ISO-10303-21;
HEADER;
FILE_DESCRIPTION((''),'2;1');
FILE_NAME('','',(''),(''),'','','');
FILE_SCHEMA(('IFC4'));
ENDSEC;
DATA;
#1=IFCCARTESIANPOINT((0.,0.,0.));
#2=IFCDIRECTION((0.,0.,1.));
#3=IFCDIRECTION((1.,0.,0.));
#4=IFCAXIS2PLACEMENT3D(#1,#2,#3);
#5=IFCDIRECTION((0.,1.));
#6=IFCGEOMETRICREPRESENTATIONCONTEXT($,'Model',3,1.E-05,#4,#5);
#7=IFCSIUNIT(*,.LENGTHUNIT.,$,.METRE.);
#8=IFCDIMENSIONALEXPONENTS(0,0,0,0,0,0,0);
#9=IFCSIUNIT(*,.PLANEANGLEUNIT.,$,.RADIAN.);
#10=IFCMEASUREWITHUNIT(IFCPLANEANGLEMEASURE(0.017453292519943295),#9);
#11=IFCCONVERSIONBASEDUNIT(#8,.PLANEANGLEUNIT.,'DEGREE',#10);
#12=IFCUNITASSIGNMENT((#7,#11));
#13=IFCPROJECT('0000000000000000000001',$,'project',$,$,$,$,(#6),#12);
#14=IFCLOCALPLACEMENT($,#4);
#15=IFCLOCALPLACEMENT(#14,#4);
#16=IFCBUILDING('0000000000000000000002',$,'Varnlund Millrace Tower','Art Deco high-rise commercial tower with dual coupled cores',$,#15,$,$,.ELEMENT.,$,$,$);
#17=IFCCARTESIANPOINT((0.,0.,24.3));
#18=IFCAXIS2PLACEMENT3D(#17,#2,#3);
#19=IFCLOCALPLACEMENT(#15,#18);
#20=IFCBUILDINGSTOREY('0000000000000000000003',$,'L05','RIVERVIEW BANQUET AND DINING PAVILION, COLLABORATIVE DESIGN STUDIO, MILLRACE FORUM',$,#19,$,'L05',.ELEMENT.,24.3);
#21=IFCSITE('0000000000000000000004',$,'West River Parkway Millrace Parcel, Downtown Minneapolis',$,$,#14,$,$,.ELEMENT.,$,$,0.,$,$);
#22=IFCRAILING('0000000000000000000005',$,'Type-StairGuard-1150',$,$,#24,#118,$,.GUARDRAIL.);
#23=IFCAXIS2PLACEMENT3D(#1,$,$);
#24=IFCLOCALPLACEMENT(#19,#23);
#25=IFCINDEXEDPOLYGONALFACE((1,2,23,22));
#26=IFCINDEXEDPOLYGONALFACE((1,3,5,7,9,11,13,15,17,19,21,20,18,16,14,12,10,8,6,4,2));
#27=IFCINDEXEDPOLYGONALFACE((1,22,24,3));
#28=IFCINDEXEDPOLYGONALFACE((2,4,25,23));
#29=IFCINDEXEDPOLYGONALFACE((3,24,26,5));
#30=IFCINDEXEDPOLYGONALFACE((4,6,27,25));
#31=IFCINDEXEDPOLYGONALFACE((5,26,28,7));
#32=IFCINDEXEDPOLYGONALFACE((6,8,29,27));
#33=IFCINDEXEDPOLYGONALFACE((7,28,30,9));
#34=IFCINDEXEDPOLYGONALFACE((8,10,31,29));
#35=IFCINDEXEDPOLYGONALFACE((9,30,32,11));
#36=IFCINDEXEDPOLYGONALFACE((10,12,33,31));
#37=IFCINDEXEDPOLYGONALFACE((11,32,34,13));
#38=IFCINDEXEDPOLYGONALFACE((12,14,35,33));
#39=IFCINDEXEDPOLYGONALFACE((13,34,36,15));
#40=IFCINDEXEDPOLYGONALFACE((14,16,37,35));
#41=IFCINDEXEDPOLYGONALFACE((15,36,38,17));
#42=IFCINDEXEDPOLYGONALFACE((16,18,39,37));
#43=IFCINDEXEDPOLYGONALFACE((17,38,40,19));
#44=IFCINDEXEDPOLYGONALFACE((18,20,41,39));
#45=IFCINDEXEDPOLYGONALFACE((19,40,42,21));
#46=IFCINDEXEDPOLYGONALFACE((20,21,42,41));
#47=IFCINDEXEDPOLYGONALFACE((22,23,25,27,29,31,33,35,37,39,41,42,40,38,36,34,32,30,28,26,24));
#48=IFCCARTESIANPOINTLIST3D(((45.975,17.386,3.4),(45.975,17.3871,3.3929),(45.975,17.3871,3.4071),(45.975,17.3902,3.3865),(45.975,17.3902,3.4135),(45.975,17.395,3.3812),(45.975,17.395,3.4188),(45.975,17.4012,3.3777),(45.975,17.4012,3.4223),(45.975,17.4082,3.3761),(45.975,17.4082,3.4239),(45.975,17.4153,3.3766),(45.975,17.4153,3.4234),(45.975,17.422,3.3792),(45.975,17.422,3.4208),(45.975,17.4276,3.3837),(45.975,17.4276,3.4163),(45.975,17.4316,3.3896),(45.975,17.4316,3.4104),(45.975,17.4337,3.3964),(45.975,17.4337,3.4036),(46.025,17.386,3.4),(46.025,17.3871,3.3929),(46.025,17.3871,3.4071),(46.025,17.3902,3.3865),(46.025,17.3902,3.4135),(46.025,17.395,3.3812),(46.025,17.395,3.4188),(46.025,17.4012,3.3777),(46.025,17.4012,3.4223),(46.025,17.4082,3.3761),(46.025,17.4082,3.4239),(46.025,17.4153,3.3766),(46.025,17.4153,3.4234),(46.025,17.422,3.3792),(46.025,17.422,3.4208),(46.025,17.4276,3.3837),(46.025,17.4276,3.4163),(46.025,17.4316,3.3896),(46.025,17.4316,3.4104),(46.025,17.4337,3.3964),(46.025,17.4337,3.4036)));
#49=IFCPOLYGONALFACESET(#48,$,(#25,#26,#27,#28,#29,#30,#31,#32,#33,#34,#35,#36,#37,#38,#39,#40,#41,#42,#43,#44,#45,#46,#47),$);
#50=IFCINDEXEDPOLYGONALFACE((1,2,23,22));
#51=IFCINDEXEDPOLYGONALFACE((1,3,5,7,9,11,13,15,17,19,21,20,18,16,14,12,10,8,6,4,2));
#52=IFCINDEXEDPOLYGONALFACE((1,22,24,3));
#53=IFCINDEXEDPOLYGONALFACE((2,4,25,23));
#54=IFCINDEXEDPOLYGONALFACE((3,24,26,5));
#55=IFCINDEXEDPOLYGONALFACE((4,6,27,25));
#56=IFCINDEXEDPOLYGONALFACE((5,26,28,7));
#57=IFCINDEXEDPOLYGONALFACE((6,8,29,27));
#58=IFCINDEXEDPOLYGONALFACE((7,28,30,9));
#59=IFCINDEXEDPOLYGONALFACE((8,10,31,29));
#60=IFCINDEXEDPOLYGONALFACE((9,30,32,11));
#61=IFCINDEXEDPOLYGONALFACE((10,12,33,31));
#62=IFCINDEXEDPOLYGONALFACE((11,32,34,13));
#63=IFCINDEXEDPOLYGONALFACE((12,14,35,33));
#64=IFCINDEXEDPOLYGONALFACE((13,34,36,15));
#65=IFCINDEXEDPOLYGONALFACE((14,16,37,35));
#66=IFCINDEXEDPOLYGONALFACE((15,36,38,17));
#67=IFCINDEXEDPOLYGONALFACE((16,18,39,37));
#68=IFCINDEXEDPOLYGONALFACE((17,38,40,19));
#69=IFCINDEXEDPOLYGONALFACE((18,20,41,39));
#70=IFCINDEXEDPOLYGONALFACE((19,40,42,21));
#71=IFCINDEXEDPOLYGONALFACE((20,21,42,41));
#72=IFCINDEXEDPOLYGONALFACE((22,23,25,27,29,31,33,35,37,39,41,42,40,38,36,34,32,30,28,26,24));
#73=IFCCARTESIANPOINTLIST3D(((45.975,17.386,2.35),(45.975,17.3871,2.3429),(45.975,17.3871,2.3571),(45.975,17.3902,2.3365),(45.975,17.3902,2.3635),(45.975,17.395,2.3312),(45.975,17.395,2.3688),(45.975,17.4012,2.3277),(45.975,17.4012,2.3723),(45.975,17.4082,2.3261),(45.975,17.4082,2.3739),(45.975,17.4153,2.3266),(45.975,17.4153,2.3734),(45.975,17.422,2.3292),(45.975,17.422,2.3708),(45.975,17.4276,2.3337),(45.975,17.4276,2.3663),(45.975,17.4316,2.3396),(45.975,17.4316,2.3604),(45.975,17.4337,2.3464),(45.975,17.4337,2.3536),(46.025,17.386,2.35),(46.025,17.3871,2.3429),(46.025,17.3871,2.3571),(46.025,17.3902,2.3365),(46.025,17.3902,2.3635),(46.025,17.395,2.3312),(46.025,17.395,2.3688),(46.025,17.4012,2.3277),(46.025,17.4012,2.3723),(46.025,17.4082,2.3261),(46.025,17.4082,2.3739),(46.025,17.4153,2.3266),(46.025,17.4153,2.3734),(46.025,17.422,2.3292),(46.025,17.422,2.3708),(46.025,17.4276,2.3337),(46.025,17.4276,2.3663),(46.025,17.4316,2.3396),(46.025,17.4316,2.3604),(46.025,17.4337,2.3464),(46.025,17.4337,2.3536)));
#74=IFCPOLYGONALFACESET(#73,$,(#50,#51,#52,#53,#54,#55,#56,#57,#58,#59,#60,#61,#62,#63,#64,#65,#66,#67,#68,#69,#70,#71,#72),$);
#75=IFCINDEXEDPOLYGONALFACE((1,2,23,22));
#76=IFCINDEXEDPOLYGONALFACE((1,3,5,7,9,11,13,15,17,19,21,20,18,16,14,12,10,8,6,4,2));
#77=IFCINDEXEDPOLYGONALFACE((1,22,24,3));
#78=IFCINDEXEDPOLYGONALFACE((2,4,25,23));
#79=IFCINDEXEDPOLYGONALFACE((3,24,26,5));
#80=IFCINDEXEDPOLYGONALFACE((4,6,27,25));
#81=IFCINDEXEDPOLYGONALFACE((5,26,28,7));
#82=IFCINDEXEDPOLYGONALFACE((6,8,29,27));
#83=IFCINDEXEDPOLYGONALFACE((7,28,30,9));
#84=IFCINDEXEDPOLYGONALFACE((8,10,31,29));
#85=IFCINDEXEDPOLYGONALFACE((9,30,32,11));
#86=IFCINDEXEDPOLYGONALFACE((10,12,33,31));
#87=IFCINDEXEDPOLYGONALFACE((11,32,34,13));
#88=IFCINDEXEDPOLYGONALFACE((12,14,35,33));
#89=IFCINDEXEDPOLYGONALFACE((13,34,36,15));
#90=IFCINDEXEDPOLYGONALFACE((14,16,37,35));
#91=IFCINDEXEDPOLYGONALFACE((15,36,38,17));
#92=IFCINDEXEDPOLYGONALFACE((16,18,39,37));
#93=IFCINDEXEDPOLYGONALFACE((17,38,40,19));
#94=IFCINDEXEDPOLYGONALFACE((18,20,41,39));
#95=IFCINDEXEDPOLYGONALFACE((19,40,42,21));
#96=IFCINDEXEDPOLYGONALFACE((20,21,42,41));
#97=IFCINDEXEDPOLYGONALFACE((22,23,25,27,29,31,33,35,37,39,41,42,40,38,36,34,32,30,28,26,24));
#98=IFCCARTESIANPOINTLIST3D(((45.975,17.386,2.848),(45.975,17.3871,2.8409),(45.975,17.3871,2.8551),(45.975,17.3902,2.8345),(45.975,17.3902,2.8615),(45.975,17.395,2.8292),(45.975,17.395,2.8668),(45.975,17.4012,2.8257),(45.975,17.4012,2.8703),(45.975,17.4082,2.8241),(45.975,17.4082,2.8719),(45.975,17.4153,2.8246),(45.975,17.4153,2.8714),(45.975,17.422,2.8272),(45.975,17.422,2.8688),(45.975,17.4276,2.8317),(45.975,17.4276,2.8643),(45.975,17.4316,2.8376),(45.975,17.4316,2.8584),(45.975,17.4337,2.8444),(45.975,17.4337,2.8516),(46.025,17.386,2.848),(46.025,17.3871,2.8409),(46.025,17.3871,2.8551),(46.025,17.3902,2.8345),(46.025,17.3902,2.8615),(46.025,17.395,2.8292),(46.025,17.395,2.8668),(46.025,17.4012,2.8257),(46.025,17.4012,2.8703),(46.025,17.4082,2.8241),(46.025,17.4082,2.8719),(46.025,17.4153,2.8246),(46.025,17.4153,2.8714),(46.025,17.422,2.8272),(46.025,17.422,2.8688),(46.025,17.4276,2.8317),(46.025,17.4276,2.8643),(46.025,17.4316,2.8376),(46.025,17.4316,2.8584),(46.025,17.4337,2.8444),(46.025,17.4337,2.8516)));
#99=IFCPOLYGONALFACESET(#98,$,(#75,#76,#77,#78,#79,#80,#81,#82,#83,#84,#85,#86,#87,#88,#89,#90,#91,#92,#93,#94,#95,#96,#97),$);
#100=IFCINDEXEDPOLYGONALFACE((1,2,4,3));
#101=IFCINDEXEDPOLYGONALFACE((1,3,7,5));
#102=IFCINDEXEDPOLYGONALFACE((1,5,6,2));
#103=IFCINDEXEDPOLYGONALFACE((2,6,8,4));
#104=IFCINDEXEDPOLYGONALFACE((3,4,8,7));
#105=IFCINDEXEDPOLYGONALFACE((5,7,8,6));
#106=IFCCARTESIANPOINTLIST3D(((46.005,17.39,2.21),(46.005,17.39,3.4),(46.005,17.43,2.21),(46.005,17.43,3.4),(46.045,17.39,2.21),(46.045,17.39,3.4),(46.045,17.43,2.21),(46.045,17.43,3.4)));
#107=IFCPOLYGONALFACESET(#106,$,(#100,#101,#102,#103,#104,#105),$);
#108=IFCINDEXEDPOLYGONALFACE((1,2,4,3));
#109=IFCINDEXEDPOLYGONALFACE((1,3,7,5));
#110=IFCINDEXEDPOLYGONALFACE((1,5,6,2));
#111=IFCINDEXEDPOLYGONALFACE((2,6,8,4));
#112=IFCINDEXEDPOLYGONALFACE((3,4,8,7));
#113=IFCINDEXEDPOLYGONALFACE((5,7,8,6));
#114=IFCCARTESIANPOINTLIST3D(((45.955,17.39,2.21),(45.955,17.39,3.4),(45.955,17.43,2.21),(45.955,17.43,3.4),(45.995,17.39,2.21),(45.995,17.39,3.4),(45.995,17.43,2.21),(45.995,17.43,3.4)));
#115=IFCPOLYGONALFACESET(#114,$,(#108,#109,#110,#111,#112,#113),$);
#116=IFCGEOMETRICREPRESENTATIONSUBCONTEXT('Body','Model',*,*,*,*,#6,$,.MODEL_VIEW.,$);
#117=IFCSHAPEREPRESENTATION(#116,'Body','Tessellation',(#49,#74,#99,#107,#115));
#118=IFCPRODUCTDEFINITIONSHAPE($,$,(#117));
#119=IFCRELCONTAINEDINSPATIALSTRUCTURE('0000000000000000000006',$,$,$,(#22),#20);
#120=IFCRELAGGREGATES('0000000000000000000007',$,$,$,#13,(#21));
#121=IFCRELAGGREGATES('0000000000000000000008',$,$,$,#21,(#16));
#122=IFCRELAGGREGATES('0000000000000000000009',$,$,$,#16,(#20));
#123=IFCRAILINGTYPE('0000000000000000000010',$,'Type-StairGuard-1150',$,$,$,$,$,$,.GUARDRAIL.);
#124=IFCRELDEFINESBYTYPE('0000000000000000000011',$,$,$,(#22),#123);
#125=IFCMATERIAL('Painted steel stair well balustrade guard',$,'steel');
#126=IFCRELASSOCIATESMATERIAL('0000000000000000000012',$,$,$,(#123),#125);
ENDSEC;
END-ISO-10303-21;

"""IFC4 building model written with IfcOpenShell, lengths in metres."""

from ifc_helpers import new_model, entity, si_unit, converted_unit, direction, frame, origin_with_axes, origin_2d_with_axis, place, context, subcontext, project, spatial, rectangle, circle, extrude, material, type_object, element, save


model = new_model("IFC4")

# Units and contexts
model_context = context("Model", 3, precision=1e-05, world=origin_with_axes(), true_north=direction((0.0, 1.0)))
body_context = subcontext(model_context, "Body", "Model", "MODEL_VIEW")
ifc_project = project(units=[si_unit("LENGTHUNIT", "METRE"), converted_unit("PLANEANGLEUNIT", "DEGREE", entity("IfcPlaneAngleMeasure", 0.017453292519943295), si_unit("PLANEANGLEUNIT", "RADIAN"), dimensions=[0, 0, 0, 0, 0, 0, 0])], contexts=[model_context])

# Site, building, storey
site_placement = place(None, origin_with_axes())
site = spatial("IfcSite", under=ifc_project, at=site_placement, Name="West River Parkway Millrace Parcel, Downtown Minneapolis", CompositionType="ELEMENT", RefElevation=0.0)
building_placement = place(site_placement, origin_with_axes())
building = spatial("IfcBuilding", under=site, at=building_placement, Name="Varnlund Millrace Tower", Description="Art Deco high-rise commercial tower with dual coupled cores", CompositionType="ELEMENT")
storey_placement = place(building_placement, frame((0.0, 0.0, 24.3), z_axis=(0.0, 0.0, 1.0), x_axis=(1.0, 0.0, 0.0)))
storey = spatial("IfcBuildingStorey", under=building, at=storey_placement, Name="L05", Description="RIVERVIEW BANQUET AND DINING PAVILION, COLLABORATIVE DESIGN STUDIO, MILLRACE FORUM", LongName="L05", CompositionType="ELEMENT", Elevation=24.3)

# Railing
ifc_material_1 = material(Name="Painted steel stair well balustrade guard", Category="steel")
railing_type_1 = type_object("IfcRailingType", Name="Type-StairGuard-1150", PredefinedType="GUARDRAIL", material=ifc_material_1)
railing_1_placement = place(storey_placement, frame((0.0, 0.0, -24.3), z_axis=(0.0, 0.0, 1.0), x_axis=(1.0, 0.0, 0.0)))
element("IfcRailing", 1, at=railing_1_placement, inside=storey, type_object=railing_type_1, Name="Type-StairGuard-1150", PredefinedType="GUARDRAIL", context=body_context, shape_type="SweptSolid", body=[
    extrude(circle(Radius=0.024, at=origin_2d_with_axis()), frame((46.025, 17.41, 27.7), z_axis=(-1.0, 0.0, 0.0), x_axis=(0.0, -1.0, 0.0)), (0.0, 0.0, 1.0), 0.05),
    extrude(circle(Radius=0.024, at=origin_2d_with_axis()), frame((46.025, 17.41, 26.65), z_axis=(-1.0, 0.0, 0.0), x_axis=(0.0, -1.0, 0.0)), (0.0, 0.0, 1.0), 0.05),
    extrude(circle(Radius=0.024, at=origin_2d_with_axis()), frame((46.025, 17.41, 27.148), z_axis=(-1.0, 0.0, 0.0), x_axis=(0.0, -1.0, 0.0)), (0.0, 0.0, 1.0), 0.05),
    extrude(rectangle(XDim=0.04, YDim=0.04, at=origin_2d_with_axis()), frame((46.025, 17.41, 26.51), z_axis=(0.0, 0.0, 1.0), x_axis=(1.0, 0.0, 0.0)), (0.0, 0.0, 1.0), 1.19),
    extrude(rectangle(XDim=0.04, YDim=0.04, at=origin_2d_with_axis()), frame((45.975, 17.41, 26.51), z_axis=(0.0, 0.0, 1.0), x_axis=(1.0, 0.0, 0.0)), (0.0, 0.0, 1.0), 1.19),
])

save(model, "model.ifc")
